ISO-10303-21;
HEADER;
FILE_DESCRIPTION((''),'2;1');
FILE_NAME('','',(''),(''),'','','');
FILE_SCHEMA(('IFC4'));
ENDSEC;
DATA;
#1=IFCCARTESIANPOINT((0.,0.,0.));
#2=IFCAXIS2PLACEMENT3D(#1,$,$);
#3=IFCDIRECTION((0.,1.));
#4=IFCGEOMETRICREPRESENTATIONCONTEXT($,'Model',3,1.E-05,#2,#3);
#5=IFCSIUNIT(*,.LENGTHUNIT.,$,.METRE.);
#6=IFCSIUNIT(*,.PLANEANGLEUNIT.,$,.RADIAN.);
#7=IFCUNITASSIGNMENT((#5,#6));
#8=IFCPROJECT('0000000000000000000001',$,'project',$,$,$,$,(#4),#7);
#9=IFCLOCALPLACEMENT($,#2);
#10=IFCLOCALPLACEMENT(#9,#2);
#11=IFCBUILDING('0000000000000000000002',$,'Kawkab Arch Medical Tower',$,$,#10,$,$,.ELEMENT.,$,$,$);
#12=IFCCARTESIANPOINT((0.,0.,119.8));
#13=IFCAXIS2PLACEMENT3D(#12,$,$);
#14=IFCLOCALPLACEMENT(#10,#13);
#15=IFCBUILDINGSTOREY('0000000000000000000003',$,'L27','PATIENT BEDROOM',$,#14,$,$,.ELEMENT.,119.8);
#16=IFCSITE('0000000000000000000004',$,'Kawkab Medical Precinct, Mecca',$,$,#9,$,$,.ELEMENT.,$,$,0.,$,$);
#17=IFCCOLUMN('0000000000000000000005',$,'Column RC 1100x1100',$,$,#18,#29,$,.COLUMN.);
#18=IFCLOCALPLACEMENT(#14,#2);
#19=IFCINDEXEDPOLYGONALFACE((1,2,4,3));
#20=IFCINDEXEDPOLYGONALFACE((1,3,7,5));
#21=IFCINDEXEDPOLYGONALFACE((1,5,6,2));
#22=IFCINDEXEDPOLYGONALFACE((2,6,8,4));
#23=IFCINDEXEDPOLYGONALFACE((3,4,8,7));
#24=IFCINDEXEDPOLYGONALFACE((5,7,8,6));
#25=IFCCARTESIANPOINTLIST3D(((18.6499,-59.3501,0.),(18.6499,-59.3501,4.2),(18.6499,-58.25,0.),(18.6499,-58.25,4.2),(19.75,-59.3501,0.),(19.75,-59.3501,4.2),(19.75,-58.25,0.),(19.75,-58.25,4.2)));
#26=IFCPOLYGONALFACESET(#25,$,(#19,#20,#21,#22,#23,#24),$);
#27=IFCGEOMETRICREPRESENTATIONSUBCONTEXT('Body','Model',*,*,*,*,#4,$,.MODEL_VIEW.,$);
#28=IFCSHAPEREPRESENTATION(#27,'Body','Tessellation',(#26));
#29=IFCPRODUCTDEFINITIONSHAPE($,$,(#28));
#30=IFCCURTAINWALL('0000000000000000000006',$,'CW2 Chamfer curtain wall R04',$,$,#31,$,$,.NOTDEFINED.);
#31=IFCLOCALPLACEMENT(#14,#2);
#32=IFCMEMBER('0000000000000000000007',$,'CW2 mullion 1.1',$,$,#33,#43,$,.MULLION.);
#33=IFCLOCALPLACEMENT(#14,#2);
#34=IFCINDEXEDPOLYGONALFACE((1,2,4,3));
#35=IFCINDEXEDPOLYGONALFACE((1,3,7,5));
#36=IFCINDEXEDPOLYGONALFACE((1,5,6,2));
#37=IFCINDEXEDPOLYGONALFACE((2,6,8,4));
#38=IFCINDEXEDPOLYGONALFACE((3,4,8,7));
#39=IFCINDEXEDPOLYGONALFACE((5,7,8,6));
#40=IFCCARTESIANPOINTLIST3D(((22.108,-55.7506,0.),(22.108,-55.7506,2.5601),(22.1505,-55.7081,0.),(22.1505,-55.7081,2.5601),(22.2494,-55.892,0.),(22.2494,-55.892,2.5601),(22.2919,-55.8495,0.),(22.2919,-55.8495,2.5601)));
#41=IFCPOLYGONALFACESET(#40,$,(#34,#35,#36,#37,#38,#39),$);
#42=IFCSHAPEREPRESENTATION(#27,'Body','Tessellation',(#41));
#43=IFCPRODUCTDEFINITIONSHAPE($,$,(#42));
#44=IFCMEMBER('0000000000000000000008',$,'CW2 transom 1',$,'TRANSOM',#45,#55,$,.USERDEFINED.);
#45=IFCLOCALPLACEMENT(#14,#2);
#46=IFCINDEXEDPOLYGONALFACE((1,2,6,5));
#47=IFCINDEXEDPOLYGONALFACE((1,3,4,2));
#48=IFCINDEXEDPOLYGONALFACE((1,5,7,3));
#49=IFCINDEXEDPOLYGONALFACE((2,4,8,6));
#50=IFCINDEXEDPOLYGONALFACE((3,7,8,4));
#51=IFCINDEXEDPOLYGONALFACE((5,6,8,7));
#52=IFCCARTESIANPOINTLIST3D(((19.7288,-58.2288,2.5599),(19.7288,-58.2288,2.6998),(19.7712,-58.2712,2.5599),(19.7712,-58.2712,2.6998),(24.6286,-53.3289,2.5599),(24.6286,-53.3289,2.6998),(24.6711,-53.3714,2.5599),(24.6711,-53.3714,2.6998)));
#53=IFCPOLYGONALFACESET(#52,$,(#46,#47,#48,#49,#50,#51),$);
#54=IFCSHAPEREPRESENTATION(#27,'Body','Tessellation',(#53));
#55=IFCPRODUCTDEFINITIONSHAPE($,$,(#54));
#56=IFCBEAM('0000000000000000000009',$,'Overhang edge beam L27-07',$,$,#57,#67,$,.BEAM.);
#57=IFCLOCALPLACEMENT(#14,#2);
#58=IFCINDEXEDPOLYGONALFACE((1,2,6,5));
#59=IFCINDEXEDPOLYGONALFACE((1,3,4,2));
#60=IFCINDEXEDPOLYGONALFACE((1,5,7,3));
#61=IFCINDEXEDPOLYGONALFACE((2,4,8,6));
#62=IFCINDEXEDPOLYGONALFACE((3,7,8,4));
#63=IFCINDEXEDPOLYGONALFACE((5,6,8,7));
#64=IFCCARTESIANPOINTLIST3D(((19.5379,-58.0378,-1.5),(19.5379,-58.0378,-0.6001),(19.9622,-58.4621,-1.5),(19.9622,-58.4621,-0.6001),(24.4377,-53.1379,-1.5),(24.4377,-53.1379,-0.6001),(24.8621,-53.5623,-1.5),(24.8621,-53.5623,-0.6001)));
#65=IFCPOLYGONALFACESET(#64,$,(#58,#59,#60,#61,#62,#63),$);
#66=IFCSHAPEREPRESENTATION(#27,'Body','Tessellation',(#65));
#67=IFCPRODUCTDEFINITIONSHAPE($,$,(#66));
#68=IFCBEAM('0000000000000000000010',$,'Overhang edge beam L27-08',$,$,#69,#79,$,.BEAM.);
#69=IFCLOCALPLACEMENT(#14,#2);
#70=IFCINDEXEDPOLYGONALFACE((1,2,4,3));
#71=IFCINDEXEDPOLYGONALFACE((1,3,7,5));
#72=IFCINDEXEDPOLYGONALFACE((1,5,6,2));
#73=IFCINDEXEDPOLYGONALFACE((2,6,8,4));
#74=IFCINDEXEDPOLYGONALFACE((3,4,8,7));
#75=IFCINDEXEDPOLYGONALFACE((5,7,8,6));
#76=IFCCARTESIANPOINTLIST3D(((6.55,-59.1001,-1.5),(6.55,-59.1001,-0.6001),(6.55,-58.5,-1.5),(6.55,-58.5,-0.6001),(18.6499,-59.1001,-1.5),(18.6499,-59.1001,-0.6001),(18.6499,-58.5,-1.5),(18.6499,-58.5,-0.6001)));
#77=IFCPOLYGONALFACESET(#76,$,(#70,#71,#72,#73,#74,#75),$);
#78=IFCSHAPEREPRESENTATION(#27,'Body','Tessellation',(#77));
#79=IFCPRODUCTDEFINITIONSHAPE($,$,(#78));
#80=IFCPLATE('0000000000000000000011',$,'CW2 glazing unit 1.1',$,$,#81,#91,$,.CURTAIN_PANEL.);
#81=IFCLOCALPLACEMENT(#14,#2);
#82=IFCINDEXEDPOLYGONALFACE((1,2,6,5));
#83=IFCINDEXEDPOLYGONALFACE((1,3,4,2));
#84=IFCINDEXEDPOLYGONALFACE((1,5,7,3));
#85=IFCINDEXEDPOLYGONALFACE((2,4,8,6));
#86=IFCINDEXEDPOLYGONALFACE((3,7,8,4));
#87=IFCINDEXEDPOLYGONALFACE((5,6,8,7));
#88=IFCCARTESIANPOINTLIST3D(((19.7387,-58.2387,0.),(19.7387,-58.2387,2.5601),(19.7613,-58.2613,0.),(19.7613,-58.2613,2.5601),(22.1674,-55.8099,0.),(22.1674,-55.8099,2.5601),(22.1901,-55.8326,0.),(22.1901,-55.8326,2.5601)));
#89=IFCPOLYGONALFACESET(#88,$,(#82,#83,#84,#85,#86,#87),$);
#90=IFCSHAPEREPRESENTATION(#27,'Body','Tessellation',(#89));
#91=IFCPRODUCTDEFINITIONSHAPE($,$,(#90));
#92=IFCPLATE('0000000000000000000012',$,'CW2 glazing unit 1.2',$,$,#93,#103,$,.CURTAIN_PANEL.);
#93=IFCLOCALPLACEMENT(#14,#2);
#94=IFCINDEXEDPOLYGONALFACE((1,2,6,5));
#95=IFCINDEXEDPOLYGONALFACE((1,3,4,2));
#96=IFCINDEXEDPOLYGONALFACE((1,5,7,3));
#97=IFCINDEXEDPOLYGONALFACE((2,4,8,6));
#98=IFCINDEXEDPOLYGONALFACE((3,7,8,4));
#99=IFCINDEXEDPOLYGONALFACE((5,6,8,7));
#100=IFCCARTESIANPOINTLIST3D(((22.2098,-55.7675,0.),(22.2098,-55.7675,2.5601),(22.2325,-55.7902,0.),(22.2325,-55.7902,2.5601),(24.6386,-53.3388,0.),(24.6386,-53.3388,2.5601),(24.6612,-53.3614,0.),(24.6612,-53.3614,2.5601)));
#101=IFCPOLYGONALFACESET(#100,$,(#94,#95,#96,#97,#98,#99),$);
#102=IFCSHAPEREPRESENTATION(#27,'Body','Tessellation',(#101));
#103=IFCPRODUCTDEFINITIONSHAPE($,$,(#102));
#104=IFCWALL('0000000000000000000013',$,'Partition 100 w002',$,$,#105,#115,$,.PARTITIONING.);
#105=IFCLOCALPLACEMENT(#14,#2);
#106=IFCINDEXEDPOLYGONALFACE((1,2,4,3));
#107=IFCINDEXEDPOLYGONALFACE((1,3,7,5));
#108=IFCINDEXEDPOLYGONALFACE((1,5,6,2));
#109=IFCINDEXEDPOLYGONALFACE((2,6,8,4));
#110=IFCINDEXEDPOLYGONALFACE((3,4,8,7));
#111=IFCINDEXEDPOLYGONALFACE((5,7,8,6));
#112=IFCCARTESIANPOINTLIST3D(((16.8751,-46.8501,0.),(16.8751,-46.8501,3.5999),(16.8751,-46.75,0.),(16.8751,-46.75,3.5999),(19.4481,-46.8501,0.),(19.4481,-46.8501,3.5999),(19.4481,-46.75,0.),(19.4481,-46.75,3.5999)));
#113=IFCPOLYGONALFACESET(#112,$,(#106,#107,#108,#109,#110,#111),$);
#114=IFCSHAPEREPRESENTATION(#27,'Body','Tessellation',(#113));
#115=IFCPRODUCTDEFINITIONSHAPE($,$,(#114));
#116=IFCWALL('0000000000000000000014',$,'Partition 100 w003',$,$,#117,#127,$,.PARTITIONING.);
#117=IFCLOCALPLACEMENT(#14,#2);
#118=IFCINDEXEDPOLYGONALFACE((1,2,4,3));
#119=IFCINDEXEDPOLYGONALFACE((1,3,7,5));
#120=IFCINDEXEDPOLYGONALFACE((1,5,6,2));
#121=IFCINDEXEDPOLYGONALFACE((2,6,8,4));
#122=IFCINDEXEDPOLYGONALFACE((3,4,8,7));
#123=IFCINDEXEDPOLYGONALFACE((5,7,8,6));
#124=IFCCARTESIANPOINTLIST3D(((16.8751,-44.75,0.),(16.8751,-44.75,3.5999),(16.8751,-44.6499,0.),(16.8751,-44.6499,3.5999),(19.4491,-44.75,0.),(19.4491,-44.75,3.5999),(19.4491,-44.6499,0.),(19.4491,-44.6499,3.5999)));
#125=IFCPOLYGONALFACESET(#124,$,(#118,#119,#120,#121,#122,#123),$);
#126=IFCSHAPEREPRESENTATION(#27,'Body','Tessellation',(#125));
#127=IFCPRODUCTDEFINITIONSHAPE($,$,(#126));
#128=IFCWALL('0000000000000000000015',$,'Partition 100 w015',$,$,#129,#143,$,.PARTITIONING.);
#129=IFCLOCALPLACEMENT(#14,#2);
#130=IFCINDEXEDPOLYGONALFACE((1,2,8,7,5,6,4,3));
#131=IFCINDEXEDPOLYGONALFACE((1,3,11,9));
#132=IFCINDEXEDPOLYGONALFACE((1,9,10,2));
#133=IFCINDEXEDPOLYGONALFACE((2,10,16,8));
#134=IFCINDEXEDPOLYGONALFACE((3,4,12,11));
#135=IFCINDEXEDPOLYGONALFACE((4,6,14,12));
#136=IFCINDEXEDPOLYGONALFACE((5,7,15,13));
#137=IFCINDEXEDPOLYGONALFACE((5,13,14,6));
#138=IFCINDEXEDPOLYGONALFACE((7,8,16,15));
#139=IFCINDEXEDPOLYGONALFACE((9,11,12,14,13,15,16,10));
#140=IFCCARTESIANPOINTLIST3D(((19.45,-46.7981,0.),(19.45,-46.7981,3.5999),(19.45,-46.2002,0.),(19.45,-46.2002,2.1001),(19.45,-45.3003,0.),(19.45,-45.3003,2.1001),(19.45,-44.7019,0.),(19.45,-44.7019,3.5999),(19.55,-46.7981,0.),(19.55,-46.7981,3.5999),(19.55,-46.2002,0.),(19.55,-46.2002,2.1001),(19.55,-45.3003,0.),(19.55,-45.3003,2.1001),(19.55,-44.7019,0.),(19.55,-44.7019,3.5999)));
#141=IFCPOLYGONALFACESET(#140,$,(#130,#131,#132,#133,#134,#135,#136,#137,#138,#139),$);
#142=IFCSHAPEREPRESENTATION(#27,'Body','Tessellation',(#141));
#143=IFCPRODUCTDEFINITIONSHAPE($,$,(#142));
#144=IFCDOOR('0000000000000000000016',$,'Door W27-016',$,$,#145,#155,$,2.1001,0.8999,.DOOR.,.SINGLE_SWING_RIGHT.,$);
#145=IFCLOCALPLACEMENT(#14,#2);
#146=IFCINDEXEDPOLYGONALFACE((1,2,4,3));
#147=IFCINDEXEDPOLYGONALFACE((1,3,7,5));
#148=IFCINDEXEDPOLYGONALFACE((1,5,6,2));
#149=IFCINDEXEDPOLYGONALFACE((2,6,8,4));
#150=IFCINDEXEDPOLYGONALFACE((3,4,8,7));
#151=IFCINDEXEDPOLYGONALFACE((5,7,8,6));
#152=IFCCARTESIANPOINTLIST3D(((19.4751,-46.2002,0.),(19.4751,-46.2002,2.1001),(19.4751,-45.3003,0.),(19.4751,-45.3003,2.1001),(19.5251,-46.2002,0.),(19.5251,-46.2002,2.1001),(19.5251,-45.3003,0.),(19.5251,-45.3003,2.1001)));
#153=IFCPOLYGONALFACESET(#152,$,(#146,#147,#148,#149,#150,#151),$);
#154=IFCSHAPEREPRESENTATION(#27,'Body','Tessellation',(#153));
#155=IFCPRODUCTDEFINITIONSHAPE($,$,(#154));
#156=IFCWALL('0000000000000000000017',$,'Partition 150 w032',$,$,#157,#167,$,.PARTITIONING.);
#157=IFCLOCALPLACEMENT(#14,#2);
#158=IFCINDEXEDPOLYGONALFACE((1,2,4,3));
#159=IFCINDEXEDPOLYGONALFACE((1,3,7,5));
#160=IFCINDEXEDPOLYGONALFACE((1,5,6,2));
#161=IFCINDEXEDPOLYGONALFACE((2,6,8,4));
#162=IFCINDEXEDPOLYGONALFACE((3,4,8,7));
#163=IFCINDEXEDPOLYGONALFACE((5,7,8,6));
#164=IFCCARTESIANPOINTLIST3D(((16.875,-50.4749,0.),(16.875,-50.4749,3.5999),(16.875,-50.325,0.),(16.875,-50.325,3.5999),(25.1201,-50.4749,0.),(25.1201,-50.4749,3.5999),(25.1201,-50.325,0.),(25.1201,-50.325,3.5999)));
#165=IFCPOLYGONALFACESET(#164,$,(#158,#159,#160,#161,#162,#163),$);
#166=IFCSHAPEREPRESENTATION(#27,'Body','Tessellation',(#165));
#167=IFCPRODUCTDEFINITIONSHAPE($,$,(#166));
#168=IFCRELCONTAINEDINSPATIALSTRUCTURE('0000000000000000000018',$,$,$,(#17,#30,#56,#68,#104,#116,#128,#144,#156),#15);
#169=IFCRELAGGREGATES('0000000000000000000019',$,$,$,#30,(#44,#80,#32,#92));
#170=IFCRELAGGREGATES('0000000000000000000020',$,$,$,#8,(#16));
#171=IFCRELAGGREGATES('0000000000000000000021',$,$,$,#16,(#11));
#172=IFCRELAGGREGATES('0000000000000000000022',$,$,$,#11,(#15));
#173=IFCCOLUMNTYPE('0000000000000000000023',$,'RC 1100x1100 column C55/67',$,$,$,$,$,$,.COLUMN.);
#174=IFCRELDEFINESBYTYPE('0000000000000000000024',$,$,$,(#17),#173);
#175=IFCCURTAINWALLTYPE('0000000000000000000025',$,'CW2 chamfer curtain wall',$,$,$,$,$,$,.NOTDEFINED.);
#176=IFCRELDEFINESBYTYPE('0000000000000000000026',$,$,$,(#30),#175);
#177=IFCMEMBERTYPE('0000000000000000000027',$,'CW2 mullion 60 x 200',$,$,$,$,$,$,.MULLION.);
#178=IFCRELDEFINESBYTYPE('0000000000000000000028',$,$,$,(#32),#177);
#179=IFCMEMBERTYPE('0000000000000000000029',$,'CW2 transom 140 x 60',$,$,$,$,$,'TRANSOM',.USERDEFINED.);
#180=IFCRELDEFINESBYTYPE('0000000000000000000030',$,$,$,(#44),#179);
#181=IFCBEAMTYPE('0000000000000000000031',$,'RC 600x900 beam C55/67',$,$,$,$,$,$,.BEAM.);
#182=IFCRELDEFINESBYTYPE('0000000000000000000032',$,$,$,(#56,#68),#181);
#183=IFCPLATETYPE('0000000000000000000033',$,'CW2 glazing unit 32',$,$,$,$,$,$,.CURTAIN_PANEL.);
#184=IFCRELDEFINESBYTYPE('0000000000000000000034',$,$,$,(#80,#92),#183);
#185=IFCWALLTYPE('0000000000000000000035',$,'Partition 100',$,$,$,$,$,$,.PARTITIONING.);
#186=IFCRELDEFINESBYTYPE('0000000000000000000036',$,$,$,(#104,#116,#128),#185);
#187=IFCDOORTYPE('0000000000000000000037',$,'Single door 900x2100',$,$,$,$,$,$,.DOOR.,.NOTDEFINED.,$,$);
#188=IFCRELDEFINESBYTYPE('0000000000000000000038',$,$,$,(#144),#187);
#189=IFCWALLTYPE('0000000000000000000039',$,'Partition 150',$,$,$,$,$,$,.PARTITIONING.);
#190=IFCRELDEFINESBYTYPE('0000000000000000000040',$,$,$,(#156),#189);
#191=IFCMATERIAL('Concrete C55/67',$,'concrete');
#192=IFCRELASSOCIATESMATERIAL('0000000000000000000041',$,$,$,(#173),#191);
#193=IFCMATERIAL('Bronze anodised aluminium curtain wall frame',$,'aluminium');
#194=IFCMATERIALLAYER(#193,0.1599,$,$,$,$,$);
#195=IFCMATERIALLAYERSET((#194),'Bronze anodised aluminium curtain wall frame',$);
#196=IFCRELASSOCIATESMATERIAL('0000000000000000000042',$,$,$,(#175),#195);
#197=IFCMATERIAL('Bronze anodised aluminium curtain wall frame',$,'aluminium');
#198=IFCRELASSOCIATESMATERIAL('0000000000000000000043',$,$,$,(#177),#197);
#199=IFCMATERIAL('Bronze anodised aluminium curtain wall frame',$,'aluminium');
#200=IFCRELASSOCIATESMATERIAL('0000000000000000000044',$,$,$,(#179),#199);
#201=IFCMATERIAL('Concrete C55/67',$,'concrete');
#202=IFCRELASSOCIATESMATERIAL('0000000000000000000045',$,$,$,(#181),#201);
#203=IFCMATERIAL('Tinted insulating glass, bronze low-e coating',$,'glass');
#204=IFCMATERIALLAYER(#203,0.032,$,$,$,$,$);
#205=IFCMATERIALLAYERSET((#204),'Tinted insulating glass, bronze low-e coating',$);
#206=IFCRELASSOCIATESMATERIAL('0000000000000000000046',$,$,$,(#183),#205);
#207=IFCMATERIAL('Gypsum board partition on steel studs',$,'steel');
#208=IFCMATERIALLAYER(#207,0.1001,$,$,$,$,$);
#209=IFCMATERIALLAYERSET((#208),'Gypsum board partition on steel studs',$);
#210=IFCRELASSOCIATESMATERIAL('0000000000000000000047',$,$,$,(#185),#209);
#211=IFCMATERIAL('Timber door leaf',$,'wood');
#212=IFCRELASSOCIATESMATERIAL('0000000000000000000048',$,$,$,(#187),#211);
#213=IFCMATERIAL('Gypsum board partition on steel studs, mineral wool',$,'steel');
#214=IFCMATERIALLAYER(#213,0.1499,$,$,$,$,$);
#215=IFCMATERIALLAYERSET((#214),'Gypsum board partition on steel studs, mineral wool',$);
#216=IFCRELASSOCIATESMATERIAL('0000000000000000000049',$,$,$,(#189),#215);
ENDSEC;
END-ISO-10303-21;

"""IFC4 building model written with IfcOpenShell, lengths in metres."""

from ifc_helpers import new_model, si_unit, direction, frame, frame_2d, origin, origin_2d, place, context, subcontext, project, spatial, rectangle, extrude, material, layer, layer_set, material_profile, profile_set, type_object, element, fill, aggregate, save


model = new_model("IFC4")

# Units and contexts
model_context = context("Model", 3, precision=1e-05, world=origin(), true_north=direction((0.0, 1.0)))
body_context = subcontext(model_context, "Body", "Model", "MODEL_VIEW")
ifc_project = project(units=[si_unit("LENGTHUNIT", "METRE"), si_unit("PLANEANGLEUNIT", "RADIAN")], contexts=[model_context])

# Site, building, storey
site_placement = place(None, origin())
site = spatial("IfcSite", under=ifc_project, at=site_placement, Name="Kawkab Medical Precinct, Mecca", CompositionType="ELEMENT", RefElevation=0.0)
building_placement = place(site_placement, origin())
building = spatial("IfcBuilding", under=site, at=building_placement, Name="Kawkab Arch Medical Tower", CompositionType="ELEMENT")
storey_placement = place(building_placement, frame((0.0, 0.0, 119.8)))
storey = spatial("IfcBuildingStorey", under=building, at=storey_placement, Name="L27", Description="PATIENT BEDROOM", CompositionType="ELEMENT", Elevation=119.8)

# Column
ifc_material_1 = material(Name="Concrete C55/67", Category="concrete")
ifc_material_profile_1 = material_profile(ifc_material_1, rectangle(XDim=1.1001, YDim=1.1001, at=origin_2d()), Name="RC 1100x1100")
ifc_profile_set_1 = profile_set([ifc_material_profile_1], Name="Concrete C55/67")
column_type = type_object("IfcColumnType", Name="RC 1100x1100 column C55/67", PredefinedType="COLUMN", material=ifc_profile_set_1)
column_placement = place(storey_placement, frame((19.2, -58.8, 0.0), z_axis=(0.0, 0.0, 1.0), x_axis=(1.0, 0.0, 0.0)))
element("IfcColumn", 1, at=column_placement, inside=storey, type_object=column_type, Name="Column RC 1100x1100", PredefinedType="COLUMN", context=body_context, shape_type="SweptSolid", body=[
    extrude(rectangle(XDim=1.1001, YDim=1.1001, at=origin_2d()), origin(), (0.0, 0.0, 1.0), 4.2),
])

# Curtain wall, members
ifc_material_2 = material(Name="Bronze anodised aluminium curtain wall frame", Category="aluminium")
ifc_layer_1 = layer(ifc_material_2, 0.1599)
ifc_layer_set_1 = layer_set([ifc_layer_1], Name="Bronze anodised aluminium curtain wall frame")
curtain_wall_type = type_object("IfcCurtainWallType", Name="CW2 chamfer curtain wall", PredefinedType="NOTDEFINED", material=ifc_layer_set_1)
curtain_wall_placement = place(storey_placement, origin())
curtain_wall = element("IfcCurtainWall", 2, at=curtain_wall_placement, inside=storey, type_object=curtain_wall_type, Name="CW2 Chamfer curtain wall R04", PredefinedType="NOTDEFINED")
ifc_material_3 = material(Name="Bronze anodised aluminium curtain wall frame", Category="aluminium")
ifc_material_profile_2 = material_profile(ifc_material_3, rectangle(XDim=0.2, YDim=0.0601, at=origin_2d()), Name="AL 60x200")
ifc_profile_set_2 = profile_set([ifc_material_profile_2], Name="Bronze anodised aluminium curtain wall frame")
member_type_1 = type_object("IfcMemberType", Name="CW2 mullion 60 x 200", PredefinedType="MULLION", material=ifc_profile_set_2)
member_1_placement = place(storey_placement, frame((22.2, -55.8, 0.0), z_axis=(0.0, 0.0, 1.0), x_axis=(-0.707107, 0.707107, 0.0)))
member_1 = element("IfcMember", 3, at=member_1_placement, type_object=member_type_1, Name="CW2 mullion 1.1", PredefinedType="MULLION", context=body_context, shape_type="SweptSolid", body=[
    extrude(rectangle(XDim=0.2, YDim=0.0601, at=origin_2d()), origin(), (0.0, 0.0, 1.0), 2.5601),
])
ifc_material_4 = material(Name="Bronze anodised aluminium curtain wall frame", Category="aluminium")
ifc_material_profile_3 = material_profile(ifc_material_4, rectangle(XDim=0.0601, YDim=0.1399, at=origin_2d()), Name="AL 60x140")
ifc_profile_set_3 = profile_set([ifc_material_profile_3], Name="Bronze anodised aluminium curtain wall frame")
member_type_2 = type_object("IfcMemberType", Name="CW2 transom 140 x 60", ElementType="TRANSOM", PredefinedType="USERDEFINED", material=ifc_profile_set_3)
member_2_placement = place(storey_placement, frame((19.75, -58.25, 2.6299), z_axis=(0.707107, 0.707107, 0.0), x_axis=(-0.707107, 0.707107, 0.0)))
member_2 = element("IfcMember", 4, at=member_2_placement, type_object=member_type_2, Name="CW2 transom 1", ObjectType="TRANSOM", PredefinedType="USERDEFINED", context=body_context, shape_type="SweptSolid", body=[
    extrude(rectangle(XDim=0.0601, YDim=0.1399, at=origin_2d()), origin(), (0.0, 0.0, 1.0), 6.9294),
])

# Beams
ifc_material_5 = material(Name="Concrete C55/67", Category="concrete")
ifc_material_profile_4 = material_profile(ifc_material_5, rectangle(XDim=0.6001, YDim=0.8999, at=origin_2d()), Name="RC 600x900")
ifc_profile_set_4 = profile_set([ifc_material_profile_4], Name="Concrete C55/67")
beam_type = type_object("IfcBeamType", Name="RC 600x900 beam C55/67", PredefinedType="BEAM", material=ifc_profile_set_4)
beam_1_placement = place(storey_placement, frame((24.6499, -53.3501, -1.05), z_axis=(-0.707107, -0.707107, 0.0), x_axis=(0.707107, -0.707107, 0.0)))
element("IfcBeam", 5, at=beam_1_placement, inside=storey, type_object=beam_type, Name="Overhang edge beam L27-07", PredefinedType="BEAM", context=body_context, shape_type="SweptSolid", body=[
    extrude(rectangle(XDim=0.6001, YDim=0.8999, at=origin_2d()), origin(), (0.0, 0.0, 1.0), 6.9294),
])
beam_2_placement = place(storey_placement, frame((18.6499, -58.8, -1.05), z_axis=(-1.0, 0.0, 0.0), x_axis=(0.0, -1.0, 0.0)))
element("IfcBeam", 6, at=beam_2_placement, inside=storey, type_object=beam_type, Name="Overhang edge beam L27-08", PredefinedType="BEAM", context=body_context, shape_type="SweptSolid", body=[
    extrude(rectangle(XDim=0.6001, YDim=0.8999, at=origin_2d()), origin(), (0.0, 0.0, 1.0), 12.0999),
])

# Plates
ifc_material_6 = material(Name="Tinted insulating glass, bronze low-e coating", Category="glass")
ifc_layer_2 = layer(ifc_material_6, 0.032)
ifc_layer_set_2 = layer_set([ifc_layer_2], Name="Tinted insulating glass, bronze low-e coating")
plate_type = type_object("IfcPlateType", Name="CW2 glazing unit 32", PredefinedType="CURTAIN_PANEL", material=ifc_layer_set_2)
plate_1_placement = place(storey_placement, frame((20.9644, -57.0356, 0.0), z_axis=(0.0, 0.0, 1.0), x_axis=(0.707107, 0.707107, 0.0)))
plate_1 = element("IfcPlate", 7, at=plate_1_placement, type_object=plate_type, Name="CW2 glazing unit 1.1", PredefinedType="CURTAIN_PANEL", context=body_context, shape_type="SweptSolid", body=[
    extrude(rectangle(XDim=3.4348, YDim=0.032, at=origin_2d()), origin(), (0.0, 0.0, 1.0), 2.5601),
])
plate_2_placement = place(storey_placement, frame((23.4355, -54.5645, 0.0), z_axis=(0.0, 0.0, 1.0), x_axis=(0.707107, 0.707107, 0.0)))
plate_2 = element("IfcPlate", 8, at=plate_2_placement, type_object=plate_type, Name="CW2 glazing unit 1.2", PredefinedType="CURTAIN_PANEL", context=body_context, shape_type="SweptSolid", body=[
    extrude(rectangle(XDim=3.4348, YDim=0.032, at=origin_2d()), origin(), (0.0, 0.0, 1.0), 2.5601),
])
aggregate(curtain_wall, [member_2, plate_1, member_1, plate_2])

# Walls
ifc_material_7 = material(Name="Gypsum board partition on steel studs", Category="steel")
ifc_layer_3 = layer(ifc_material_7, 0.1001)
ifc_layer_set_3 = layer_set([ifc_layer_3], Name="Gypsum board partition on steel studs")
wall_type_1 = type_object("IfcWallType", Name="Partition 100", PredefinedType="PARTITIONING", material=ifc_layer_set_3)
wall_1_placement = place(storey_placement, frame((16.875, -46.8, 0.0), z_axis=(0.0, 0.0, 1.0), x_axis=(1.0, 0.0, 0.0)))
element("IfcWall", 9, at=wall_1_placement, inside=storey, type_object=wall_type_1, Name="Partition 100 w002", PredefinedType="PARTITIONING", context=body_context, shape_type="SweptSolid", body=[
    extrude(rectangle(XDim=2.573, YDim=0.1001, at=frame_2d((1.2866, 0.0))), origin(), (0.0, 0.0, 1.0), 3.5999),
])
wall_2_placement = place(storey_placement, frame((16.875, -44.7, 0.0), z_axis=(0.0, 0.0, 1.0), x_axis=(1.0, 0.0, 0.0)))
element("IfcWall", 10, at=wall_2_placement, inside=storey, type_object=wall_type_1, Name="Partition 100 w003", PredefinedType="PARTITIONING", context=body_context, shape_type="SweptSolid", body=[
    extrude(rectangle(XDim=2.574, YDim=0.1001, at=frame_2d((1.2871, 0.0))), origin(), (0.0, 0.0, 1.0), 3.5999),
])

# Wall, opening, door
wall_3_placement = place(storey_placement, frame((19.5, -46.7981, 0.0), z_axis=(0.0, 0.0, 1.0), x_axis=(0.0, 1.0, 0.0)))
wall_3 = element("IfcWall", 11, at=wall_3_placement, inside=storey, type_object=wall_type_1, Name="Partition 100 w015", PredefinedType="PARTITIONING", context=body_context, shape_type="SweptSolid", body=[
    extrude(rectangle(XDim=2.0962, YDim=0.1001, at=frame_2d((1.0481, 0.0))), origin(), (0.0, 0.0, 1.0), 3.5999),
])
opening_placement = place(wall_3_placement, frame((0.5979, 0.0, 0.0)))
opening = element("IfcOpeningElement", 12, at=opening_placement, cuts=wall_3, PredefinedType="OPENING", context=body_context, shape_type="SweptSolid", body=[
    extrude(rectangle(XDim=0.8999, YDim=2.1001, at=frame_2d((0.45, 1.05))), frame((0.0, 0.0601, 0.0), z_axis=(0.0, -1.0, 0.0), x_axis=(1.0, 0.0, 0.0)), (0.0, 0.0, 1.0), 0.1201),
])
ifc_material_8 = material(Name="Timber door leaf", Category="wood")
door_type = type_object("IfcDoorType", Name="Single door 900x2100", OperationType="NOTDEFINED", PredefinedType="DOOR", material=ifc_material_8)
door_placement = place(opening_placement, origin())
door = element("IfcDoor", 13, at=door_placement, inside=storey, type_object=door_type, Name="Door W27-016", OperationType="SINGLE_SWING_RIGHT", OverallHeight=2.1001, OverallWidth=0.8999, PredefinedType="DOOR", context=body_context, shape_type="SweptSolid", body=[
    extrude(rectangle(XDim=0.8999, YDim=2.1001, at=frame_2d((0.45, 1.05))), frame((0.0, 0.0249, 0.0), z_axis=(0.0, -1.0, 0.0), x_axis=(1.0, 0.0, 0.0)), (0.0, 0.0, 1.0), 0.05),
])
fill(opening, door)

# Wall
ifc_material_9 = material(Name="Gypsum board partition on steel studs, mineral wool", Category="steel")
ifc_layer_4 = layer(ifc_material_9, 0.1499)
ifc_layer_set_4 = layer_set([ifc_layer_4], Name="Gypsum board partition on steel studs, mineral wool")
wall_type_2 = type_object("IfcWallType", Name="Partition 150", PredefinedType="PARTITIONING", material=ifc_layer_set_4)
wall_4_placement = place(storey_placement, frame((16.875, -50.3999, 0.0), z_axis=(0.0, 0.0, 1.0), x_axis=(1.0, 0.0, 0.0)))
element("IfcWall", 14, at=wall_4_placement, inside=storey, type_object=wall_type_2, Name="Partition 150 w032", PredefinedType="PARTITIONING", context=body_context, shape_type="SweptSolid", body=[
    extrude(rectangle(XDim=8.2451, YDim=0.1499, at=frame_2d((4.1226, 0.0))), origin(), (0.0, 0.0, 1.0), 3.5999),
])

save(model, "model.ifc")
